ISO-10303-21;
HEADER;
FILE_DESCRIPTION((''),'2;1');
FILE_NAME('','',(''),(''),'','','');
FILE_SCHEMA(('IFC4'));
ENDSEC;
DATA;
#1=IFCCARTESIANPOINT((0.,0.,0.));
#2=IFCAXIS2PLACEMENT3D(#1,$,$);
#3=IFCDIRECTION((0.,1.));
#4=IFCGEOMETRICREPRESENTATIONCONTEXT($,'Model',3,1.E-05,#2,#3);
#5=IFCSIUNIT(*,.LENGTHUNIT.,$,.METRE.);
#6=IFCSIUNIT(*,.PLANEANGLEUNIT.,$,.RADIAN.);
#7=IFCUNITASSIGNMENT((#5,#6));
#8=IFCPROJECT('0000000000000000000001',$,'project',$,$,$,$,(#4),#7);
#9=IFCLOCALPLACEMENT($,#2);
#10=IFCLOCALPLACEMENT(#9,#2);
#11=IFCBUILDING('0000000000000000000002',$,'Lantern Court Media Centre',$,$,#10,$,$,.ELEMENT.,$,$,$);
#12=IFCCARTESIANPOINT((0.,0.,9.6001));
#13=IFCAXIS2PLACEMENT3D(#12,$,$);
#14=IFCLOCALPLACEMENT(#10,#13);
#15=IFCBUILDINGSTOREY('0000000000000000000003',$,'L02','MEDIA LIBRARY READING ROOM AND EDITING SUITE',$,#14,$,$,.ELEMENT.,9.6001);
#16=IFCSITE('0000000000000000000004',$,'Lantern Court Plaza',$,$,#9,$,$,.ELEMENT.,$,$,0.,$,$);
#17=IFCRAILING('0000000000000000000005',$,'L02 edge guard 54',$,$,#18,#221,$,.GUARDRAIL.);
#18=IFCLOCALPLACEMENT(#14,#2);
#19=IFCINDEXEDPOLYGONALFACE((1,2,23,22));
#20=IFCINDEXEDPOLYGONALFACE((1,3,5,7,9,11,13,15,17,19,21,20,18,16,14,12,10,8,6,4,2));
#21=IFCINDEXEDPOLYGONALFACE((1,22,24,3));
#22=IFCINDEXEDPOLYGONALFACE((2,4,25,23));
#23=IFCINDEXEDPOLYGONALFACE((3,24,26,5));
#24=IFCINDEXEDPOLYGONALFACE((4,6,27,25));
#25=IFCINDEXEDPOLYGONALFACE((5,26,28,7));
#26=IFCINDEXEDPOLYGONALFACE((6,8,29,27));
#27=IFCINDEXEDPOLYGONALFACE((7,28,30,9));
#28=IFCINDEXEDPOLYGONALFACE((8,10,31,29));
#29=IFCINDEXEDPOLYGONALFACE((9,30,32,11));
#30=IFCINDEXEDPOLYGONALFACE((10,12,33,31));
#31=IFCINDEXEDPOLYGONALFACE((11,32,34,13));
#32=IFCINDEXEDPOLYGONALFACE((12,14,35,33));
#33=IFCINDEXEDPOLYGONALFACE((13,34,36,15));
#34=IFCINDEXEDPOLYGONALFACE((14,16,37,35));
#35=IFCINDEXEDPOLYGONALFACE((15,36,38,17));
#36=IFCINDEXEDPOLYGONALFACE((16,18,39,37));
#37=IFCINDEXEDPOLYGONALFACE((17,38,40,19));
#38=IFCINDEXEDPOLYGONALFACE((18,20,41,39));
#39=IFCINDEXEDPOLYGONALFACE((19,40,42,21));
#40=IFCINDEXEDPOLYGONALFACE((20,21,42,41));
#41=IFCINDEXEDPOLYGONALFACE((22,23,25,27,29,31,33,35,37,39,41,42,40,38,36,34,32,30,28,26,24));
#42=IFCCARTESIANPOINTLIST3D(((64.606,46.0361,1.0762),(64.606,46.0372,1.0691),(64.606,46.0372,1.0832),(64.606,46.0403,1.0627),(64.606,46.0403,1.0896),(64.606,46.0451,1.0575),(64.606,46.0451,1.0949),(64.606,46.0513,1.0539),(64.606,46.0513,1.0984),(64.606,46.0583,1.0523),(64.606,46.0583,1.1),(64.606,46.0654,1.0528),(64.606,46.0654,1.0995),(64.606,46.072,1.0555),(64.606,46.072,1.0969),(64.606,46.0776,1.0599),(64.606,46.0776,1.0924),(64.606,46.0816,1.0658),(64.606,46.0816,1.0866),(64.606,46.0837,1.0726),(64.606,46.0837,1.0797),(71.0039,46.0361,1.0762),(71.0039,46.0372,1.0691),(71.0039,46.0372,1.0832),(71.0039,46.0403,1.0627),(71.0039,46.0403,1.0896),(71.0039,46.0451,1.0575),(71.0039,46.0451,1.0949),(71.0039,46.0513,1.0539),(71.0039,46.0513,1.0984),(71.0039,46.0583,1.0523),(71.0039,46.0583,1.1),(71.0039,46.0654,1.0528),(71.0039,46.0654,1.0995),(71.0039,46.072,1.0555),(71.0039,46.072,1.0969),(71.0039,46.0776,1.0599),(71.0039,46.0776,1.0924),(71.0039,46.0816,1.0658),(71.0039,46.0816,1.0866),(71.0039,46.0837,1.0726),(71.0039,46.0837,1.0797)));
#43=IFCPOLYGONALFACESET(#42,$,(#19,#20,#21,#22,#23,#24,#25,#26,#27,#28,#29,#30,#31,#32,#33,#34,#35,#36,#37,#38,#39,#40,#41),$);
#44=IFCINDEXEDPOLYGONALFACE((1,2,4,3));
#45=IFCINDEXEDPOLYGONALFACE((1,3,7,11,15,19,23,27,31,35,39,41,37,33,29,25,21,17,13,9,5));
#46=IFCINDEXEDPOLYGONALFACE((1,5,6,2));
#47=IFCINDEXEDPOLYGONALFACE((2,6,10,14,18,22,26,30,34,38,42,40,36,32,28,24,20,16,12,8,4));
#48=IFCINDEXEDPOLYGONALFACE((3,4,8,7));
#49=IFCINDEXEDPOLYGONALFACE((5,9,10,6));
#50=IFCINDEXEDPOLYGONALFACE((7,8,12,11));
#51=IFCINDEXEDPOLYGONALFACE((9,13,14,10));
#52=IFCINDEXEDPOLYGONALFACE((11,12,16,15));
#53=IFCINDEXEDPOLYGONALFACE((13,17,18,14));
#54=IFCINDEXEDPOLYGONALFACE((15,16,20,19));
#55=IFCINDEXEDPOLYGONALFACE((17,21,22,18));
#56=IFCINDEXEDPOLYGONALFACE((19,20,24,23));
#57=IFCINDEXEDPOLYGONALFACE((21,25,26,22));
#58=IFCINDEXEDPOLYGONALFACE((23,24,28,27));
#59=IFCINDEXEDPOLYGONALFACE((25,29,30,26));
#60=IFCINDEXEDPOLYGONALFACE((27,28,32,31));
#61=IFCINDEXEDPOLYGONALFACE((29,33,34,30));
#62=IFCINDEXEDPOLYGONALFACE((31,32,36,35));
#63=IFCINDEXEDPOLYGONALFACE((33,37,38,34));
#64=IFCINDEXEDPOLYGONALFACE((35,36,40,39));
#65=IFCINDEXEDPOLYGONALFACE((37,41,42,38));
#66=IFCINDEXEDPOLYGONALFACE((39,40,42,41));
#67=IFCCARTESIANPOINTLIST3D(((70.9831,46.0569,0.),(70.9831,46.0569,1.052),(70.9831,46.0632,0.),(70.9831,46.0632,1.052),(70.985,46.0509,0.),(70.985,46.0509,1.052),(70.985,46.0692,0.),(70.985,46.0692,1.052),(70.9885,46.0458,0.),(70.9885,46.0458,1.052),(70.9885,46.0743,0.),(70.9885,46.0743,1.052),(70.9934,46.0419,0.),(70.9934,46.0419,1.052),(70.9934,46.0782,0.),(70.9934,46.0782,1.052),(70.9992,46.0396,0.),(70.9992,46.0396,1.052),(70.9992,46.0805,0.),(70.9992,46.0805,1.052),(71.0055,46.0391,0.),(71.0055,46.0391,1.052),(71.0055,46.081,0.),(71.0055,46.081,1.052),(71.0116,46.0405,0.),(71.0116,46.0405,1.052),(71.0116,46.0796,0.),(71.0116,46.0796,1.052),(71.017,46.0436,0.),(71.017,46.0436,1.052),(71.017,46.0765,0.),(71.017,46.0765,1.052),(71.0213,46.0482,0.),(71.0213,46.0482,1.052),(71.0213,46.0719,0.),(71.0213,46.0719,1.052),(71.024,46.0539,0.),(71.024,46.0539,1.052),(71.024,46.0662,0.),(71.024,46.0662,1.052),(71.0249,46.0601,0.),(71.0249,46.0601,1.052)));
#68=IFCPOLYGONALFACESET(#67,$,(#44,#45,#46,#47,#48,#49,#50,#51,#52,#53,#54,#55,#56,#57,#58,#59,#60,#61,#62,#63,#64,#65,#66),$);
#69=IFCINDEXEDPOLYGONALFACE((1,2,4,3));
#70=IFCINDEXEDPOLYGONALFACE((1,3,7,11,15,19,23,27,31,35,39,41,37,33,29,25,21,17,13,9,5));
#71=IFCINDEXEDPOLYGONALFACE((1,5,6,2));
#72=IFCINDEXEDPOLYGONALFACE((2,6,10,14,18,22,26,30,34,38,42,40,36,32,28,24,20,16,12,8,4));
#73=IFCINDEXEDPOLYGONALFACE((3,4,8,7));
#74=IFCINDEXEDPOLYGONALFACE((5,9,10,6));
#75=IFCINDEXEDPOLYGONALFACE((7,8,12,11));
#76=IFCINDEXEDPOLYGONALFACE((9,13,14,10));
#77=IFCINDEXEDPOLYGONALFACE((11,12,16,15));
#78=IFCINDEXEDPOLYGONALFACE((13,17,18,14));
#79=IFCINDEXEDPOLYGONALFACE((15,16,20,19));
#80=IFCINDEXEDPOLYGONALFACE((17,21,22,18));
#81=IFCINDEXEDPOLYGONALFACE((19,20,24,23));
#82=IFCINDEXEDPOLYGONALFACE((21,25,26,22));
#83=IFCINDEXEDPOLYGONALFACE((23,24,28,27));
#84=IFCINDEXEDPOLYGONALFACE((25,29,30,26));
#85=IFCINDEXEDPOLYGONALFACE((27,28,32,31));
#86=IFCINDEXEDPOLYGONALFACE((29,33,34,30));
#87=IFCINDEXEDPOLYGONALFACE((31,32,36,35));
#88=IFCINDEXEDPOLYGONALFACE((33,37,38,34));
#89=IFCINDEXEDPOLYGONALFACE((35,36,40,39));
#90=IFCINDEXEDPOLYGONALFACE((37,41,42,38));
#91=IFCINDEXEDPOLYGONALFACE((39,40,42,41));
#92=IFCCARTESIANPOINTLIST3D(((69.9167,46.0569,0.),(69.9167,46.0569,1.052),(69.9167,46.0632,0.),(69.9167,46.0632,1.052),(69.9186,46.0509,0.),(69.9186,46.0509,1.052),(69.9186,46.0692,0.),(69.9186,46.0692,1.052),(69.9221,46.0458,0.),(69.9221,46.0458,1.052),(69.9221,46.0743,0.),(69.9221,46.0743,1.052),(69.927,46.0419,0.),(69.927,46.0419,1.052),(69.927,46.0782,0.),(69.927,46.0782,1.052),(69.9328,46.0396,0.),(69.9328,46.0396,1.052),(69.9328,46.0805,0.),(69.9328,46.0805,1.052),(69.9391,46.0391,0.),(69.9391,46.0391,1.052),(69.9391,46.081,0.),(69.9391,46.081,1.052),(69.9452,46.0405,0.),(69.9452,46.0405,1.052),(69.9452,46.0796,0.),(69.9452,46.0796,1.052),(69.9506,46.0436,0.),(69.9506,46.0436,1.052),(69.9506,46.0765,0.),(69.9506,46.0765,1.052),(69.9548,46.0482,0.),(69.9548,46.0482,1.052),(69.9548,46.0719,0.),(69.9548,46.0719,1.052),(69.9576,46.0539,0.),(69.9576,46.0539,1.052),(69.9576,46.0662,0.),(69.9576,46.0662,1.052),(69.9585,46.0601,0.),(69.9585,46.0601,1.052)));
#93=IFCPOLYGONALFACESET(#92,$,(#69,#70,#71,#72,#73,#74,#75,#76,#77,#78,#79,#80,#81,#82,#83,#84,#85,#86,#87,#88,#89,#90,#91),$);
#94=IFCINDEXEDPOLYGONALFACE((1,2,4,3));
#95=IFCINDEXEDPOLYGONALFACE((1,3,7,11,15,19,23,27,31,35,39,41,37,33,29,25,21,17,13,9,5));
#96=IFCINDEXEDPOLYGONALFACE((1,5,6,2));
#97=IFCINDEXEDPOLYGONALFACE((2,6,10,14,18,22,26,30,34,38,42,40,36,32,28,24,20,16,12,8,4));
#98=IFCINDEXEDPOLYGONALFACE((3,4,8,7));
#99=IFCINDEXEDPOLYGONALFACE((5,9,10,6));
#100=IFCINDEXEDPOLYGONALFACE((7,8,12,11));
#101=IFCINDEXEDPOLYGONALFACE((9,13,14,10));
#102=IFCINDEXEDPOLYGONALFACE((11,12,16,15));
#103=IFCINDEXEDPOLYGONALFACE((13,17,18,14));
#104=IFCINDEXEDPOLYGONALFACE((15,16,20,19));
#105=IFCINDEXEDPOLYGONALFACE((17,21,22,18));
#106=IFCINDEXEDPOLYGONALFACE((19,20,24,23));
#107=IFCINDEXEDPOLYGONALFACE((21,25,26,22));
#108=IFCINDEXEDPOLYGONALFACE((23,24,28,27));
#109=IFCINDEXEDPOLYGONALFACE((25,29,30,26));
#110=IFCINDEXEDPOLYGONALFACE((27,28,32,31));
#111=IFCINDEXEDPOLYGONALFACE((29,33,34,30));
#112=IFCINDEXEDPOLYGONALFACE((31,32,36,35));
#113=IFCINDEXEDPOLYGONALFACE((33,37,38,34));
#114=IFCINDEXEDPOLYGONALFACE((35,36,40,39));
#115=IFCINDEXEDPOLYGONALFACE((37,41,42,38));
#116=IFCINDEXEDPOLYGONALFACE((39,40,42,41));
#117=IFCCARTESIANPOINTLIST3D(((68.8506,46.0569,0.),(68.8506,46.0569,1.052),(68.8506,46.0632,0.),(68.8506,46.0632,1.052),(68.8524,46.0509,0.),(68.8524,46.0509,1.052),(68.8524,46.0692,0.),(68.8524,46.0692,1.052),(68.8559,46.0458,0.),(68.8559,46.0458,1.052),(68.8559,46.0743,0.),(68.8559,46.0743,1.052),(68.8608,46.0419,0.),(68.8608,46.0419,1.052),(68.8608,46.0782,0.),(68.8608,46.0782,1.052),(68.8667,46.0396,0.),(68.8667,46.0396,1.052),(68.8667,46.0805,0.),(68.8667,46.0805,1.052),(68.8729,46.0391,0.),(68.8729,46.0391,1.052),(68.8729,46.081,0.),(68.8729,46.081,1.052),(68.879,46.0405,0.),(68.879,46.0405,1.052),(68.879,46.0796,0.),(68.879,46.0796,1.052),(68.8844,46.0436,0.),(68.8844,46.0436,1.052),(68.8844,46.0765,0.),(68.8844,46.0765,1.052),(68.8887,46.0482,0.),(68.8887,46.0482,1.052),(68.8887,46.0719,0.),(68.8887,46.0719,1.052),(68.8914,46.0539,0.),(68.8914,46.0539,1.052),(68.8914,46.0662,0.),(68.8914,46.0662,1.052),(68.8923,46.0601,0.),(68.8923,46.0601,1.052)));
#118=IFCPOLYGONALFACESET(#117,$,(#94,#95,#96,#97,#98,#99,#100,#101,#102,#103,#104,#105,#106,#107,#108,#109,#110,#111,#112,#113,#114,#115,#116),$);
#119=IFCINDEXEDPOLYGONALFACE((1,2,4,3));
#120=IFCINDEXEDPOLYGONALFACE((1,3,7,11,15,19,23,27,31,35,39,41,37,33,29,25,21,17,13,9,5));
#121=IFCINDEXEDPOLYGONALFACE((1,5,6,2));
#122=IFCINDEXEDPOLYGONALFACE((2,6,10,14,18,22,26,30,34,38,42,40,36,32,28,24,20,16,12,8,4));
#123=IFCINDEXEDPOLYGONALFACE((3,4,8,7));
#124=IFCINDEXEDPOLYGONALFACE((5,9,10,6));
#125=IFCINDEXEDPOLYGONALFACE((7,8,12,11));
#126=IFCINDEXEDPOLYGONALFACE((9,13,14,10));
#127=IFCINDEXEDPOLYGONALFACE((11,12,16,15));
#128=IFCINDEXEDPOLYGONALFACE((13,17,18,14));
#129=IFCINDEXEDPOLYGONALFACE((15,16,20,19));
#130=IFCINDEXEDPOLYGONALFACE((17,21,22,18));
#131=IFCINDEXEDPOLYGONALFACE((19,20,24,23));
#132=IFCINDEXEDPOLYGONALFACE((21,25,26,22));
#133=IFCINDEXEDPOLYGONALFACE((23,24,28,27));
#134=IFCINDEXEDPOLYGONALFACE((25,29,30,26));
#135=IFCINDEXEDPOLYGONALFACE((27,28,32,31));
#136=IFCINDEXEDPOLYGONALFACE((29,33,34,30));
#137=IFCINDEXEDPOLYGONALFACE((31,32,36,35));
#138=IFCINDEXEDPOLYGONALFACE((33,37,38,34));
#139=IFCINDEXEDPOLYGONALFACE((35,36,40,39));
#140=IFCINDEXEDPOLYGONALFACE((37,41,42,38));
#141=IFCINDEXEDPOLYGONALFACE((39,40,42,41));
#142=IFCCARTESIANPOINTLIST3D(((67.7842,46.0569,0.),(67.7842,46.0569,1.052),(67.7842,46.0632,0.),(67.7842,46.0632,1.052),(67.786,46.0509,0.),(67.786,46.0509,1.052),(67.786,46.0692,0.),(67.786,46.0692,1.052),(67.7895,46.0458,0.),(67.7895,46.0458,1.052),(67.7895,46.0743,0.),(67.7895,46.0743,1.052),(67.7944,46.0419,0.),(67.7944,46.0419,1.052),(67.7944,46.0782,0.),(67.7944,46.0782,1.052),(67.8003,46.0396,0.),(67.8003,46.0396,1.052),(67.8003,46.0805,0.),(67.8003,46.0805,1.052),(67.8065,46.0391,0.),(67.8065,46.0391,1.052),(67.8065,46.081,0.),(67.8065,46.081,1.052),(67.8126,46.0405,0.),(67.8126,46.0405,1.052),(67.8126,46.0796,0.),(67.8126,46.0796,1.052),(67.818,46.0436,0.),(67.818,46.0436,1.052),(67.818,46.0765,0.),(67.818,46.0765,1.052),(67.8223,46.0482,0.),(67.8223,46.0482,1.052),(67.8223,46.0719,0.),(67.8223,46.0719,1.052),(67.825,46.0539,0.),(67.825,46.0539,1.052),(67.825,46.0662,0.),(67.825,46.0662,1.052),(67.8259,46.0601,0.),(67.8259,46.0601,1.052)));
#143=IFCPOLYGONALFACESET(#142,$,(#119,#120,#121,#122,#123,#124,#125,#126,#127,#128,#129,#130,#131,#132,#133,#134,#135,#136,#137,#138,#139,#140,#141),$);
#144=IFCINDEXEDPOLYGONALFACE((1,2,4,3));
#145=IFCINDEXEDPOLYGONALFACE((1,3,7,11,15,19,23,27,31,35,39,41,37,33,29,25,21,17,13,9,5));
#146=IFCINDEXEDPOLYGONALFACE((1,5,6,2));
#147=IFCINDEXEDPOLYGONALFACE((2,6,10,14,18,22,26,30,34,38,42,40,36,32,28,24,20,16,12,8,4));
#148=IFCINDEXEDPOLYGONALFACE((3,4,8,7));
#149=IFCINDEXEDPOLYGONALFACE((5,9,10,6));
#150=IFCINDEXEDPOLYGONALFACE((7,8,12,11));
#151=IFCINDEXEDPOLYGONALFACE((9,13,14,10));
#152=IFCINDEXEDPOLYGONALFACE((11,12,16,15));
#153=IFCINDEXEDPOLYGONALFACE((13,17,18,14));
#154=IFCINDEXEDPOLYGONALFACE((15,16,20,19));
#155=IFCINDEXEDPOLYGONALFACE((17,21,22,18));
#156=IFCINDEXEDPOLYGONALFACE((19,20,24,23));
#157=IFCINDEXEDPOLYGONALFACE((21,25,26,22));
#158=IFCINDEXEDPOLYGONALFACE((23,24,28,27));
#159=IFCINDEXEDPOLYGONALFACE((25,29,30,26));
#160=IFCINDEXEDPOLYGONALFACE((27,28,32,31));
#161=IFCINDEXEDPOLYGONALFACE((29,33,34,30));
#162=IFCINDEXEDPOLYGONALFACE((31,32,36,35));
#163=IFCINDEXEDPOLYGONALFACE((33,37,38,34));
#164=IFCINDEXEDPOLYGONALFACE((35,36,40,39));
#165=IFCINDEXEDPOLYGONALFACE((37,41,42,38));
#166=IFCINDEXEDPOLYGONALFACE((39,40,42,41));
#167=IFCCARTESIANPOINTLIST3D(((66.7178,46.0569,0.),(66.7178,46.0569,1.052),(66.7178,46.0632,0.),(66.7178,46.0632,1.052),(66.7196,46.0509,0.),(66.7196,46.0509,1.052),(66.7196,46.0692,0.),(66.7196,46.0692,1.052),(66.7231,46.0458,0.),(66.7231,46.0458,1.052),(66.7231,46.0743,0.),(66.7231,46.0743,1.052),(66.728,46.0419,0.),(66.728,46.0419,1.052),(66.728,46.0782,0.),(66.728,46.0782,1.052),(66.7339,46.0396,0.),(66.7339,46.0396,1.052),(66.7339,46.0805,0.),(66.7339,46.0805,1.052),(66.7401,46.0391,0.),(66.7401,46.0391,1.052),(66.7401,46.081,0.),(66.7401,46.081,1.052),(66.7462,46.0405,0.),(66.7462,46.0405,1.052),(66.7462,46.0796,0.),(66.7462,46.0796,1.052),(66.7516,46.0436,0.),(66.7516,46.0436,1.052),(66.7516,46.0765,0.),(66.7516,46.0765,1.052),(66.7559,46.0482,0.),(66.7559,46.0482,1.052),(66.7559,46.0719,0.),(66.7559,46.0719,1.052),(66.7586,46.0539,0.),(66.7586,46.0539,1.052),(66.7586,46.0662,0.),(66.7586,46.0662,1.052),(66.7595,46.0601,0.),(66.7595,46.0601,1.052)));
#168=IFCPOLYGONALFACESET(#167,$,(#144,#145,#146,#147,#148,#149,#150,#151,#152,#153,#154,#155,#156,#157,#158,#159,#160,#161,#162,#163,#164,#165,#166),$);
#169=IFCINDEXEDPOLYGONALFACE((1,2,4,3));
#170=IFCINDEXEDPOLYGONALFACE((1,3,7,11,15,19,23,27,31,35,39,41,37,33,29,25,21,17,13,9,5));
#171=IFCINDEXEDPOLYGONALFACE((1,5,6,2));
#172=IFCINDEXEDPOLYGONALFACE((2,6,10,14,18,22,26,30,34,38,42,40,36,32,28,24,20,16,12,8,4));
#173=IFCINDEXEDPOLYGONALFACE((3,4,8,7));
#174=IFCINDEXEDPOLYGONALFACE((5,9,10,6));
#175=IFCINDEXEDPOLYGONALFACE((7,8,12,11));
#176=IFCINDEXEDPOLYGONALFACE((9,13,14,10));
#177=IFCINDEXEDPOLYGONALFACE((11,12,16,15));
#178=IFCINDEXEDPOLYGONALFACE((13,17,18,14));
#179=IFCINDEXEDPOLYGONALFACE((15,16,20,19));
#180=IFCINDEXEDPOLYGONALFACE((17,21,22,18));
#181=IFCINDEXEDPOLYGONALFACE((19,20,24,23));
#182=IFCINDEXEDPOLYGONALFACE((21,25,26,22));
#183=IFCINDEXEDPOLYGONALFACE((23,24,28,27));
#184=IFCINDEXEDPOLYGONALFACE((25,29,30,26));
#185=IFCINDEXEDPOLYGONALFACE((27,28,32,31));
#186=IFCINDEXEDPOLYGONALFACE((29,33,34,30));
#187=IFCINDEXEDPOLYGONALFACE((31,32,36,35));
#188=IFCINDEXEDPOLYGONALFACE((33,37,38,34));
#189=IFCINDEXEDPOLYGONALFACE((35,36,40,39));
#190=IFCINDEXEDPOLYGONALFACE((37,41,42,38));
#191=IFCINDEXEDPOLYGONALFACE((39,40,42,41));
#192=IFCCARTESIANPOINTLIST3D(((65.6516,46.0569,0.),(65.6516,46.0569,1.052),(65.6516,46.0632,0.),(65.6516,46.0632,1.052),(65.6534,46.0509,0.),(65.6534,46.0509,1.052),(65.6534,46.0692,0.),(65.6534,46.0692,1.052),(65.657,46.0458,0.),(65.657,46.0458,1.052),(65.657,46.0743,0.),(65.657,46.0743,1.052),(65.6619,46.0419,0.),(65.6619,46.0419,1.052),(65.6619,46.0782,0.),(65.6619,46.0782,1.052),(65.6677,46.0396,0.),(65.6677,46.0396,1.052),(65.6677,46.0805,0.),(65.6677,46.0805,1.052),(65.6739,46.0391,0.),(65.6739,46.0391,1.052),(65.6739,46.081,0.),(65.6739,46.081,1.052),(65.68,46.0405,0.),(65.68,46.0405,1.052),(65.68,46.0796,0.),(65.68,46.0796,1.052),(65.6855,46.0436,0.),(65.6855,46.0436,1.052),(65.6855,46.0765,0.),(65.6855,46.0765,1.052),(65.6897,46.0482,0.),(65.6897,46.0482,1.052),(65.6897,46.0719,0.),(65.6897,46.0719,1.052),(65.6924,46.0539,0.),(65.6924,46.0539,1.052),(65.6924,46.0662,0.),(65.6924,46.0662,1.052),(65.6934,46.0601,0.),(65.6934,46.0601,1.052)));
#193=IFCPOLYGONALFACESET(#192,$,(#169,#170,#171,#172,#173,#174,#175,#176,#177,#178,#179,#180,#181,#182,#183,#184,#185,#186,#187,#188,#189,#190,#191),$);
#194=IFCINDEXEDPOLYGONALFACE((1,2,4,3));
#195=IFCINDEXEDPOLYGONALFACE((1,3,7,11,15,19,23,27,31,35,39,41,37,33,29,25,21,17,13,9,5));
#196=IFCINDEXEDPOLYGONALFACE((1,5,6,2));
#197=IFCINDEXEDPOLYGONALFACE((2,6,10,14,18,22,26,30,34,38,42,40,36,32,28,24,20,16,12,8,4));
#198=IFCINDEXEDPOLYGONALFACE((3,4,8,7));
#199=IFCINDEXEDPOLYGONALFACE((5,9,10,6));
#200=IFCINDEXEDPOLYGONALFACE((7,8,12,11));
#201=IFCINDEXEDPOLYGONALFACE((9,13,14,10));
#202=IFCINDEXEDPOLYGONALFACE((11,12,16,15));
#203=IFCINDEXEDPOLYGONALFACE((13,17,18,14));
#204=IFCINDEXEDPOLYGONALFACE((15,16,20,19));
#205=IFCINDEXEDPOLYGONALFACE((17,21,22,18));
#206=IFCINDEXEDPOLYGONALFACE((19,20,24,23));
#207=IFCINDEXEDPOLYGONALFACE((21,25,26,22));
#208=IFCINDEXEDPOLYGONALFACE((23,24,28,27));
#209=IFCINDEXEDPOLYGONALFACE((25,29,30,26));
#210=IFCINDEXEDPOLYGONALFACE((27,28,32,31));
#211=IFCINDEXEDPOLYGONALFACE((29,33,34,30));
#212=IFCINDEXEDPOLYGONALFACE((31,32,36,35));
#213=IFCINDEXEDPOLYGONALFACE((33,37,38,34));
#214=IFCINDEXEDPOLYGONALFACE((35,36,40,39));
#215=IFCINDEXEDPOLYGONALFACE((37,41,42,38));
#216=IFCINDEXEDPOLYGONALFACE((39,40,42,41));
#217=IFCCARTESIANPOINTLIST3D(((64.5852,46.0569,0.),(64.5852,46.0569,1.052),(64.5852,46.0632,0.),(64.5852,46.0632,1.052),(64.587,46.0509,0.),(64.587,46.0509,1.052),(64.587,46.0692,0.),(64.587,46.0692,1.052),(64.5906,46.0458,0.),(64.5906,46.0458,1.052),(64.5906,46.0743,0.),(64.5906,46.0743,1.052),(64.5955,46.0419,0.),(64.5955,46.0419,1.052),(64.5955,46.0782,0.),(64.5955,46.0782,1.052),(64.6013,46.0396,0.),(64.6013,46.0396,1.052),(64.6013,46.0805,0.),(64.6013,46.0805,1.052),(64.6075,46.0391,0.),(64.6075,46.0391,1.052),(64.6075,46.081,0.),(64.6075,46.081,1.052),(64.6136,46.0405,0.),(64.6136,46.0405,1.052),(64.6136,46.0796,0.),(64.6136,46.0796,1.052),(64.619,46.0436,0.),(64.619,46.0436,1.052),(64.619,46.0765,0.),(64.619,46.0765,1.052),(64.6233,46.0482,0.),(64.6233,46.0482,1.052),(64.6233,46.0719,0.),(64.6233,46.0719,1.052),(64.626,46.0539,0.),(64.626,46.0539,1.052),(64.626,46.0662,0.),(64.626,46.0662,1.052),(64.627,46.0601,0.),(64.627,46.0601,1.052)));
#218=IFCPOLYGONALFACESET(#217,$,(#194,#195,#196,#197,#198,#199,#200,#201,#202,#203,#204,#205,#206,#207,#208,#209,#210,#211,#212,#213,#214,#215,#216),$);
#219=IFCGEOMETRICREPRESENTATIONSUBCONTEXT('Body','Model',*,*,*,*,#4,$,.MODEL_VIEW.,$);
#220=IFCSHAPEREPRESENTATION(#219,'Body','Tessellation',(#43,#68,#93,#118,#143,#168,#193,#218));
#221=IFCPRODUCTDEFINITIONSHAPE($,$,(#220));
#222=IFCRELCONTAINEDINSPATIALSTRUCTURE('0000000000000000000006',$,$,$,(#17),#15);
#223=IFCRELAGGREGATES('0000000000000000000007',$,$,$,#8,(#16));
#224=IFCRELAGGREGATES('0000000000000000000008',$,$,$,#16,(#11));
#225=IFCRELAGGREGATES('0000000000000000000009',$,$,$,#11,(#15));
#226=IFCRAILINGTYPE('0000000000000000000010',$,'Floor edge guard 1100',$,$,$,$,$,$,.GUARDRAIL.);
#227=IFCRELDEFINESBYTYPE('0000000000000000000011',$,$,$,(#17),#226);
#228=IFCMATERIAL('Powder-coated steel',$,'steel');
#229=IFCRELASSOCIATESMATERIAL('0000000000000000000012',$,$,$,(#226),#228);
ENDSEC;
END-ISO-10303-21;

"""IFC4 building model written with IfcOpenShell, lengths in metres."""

from ifc_helpers import new_model, si_unit, direction, frame, origin, origin_2d, place, context, subcontext, project, spatial, circle, extrude, material, type_object, element, save


model = new_model("IFC4")

# Units and contexts
model_context = context("Model", 3, precision=1e-05, world=origin(), true_north=direction((0.0, 1.0)))
body_context = subcontext(model_context, "Body", "Model", "MODEL_VIEW")
ifc_project = project(units=[si_unit("LENGTHUNIT", "METRE"), si_unit("PLANEANGLEUNIT", "RADIAN")], contexts=[model_context])

# Site, building, storey
site_placement = place(None, origin())
site = spatial("IfcSite", under=ifc_project, at=site_placement, Name="Lantern Court Plaza", CompositionType="ELEMENT", RefElevation=0.0)
building_placement = place(site_placement, origin())
building = spatial("IfcBuilding", under=site, at=building_placement, Name="Lantern Court Media Centre", CompositionType="ELEMENT")
storey_placement = place(building_placement, frame((0.0, 0.0, 9.6001)))
storey = spatial("IfcBuildingStorey", under=building, at=storey_placement, Name="L02", Description="MEDIA LIBRARY READING ROOM AND EDITING SUITE", CompositionType="ELEMENT", Elevation=9.6001)

# Railing
ifc_material_1 = material(Name="Powder-coated steel", Category="steel")
railing_type = type_object("IfcRailingType", Name="Floor edge guard 1100", PredefinedType="GUARDRAIL", material=ifc_material_1)
railing_placement = place(storey_placement, frame((71.0039, 46.0601, 0.0)))
element("IfcRailing", 1, at=railing_placement, inside=storey, type_object=railing_type, Name="L02 edge guard 54", PredefinedType="GUARDRAIL", context=body_context, shape_type="SweptSolid", body=[
    extrude(circle(Radius=0.0239, at=origin_2d()), frame((0.0, 0.0, 1.0762), z_axis=(-1.0, 0.0, 0.0), x_axis=(0.0, -1.0, 0.0)), (0.0, 0.0, 1.0), 6.3979),
    extrude(circle(Radius=0.021, at=origin_2d()), origin(), (0.0, 0.0, 1.0), 1.052),
    extrude(circle(Radius=0.021, at=origin_2d()), frame((-1.0664, 0.0, 0.0)), (0.0, 0.0, 1.0), 1.052),
    extrude(circle(Radius=0.021, at=origin_2d()), frame((-2.1326, 0.0, 0.0)), (0.0, 0.0, 1.0), 1.052),
    extrude(circle(Radius=0.021, at=origin_2d()), frame((-3.199, 0.0, 0.0)), (0.0, 0.0, 1.0), 1.052),
    extrude(circle(Radius=0.021, at=origin_2d()), frame((-4.2654, 0.0, 0.0)), (0.0, 0.0, 1.0), 1.052),
    extrude(circle(Radius=0.021, at=origin_2d()), frame((-5.3315, 0.0, 0.0)), (0.0, 0.0, 1.0), 1.052),
    extrude(circle(Radius=0.021, at=origin_2d()), frame((-6.3979, 0.0, 0.0)), (0.0, 0.0, 1.0), 1.052),
])

save(model, "model.ifc")
